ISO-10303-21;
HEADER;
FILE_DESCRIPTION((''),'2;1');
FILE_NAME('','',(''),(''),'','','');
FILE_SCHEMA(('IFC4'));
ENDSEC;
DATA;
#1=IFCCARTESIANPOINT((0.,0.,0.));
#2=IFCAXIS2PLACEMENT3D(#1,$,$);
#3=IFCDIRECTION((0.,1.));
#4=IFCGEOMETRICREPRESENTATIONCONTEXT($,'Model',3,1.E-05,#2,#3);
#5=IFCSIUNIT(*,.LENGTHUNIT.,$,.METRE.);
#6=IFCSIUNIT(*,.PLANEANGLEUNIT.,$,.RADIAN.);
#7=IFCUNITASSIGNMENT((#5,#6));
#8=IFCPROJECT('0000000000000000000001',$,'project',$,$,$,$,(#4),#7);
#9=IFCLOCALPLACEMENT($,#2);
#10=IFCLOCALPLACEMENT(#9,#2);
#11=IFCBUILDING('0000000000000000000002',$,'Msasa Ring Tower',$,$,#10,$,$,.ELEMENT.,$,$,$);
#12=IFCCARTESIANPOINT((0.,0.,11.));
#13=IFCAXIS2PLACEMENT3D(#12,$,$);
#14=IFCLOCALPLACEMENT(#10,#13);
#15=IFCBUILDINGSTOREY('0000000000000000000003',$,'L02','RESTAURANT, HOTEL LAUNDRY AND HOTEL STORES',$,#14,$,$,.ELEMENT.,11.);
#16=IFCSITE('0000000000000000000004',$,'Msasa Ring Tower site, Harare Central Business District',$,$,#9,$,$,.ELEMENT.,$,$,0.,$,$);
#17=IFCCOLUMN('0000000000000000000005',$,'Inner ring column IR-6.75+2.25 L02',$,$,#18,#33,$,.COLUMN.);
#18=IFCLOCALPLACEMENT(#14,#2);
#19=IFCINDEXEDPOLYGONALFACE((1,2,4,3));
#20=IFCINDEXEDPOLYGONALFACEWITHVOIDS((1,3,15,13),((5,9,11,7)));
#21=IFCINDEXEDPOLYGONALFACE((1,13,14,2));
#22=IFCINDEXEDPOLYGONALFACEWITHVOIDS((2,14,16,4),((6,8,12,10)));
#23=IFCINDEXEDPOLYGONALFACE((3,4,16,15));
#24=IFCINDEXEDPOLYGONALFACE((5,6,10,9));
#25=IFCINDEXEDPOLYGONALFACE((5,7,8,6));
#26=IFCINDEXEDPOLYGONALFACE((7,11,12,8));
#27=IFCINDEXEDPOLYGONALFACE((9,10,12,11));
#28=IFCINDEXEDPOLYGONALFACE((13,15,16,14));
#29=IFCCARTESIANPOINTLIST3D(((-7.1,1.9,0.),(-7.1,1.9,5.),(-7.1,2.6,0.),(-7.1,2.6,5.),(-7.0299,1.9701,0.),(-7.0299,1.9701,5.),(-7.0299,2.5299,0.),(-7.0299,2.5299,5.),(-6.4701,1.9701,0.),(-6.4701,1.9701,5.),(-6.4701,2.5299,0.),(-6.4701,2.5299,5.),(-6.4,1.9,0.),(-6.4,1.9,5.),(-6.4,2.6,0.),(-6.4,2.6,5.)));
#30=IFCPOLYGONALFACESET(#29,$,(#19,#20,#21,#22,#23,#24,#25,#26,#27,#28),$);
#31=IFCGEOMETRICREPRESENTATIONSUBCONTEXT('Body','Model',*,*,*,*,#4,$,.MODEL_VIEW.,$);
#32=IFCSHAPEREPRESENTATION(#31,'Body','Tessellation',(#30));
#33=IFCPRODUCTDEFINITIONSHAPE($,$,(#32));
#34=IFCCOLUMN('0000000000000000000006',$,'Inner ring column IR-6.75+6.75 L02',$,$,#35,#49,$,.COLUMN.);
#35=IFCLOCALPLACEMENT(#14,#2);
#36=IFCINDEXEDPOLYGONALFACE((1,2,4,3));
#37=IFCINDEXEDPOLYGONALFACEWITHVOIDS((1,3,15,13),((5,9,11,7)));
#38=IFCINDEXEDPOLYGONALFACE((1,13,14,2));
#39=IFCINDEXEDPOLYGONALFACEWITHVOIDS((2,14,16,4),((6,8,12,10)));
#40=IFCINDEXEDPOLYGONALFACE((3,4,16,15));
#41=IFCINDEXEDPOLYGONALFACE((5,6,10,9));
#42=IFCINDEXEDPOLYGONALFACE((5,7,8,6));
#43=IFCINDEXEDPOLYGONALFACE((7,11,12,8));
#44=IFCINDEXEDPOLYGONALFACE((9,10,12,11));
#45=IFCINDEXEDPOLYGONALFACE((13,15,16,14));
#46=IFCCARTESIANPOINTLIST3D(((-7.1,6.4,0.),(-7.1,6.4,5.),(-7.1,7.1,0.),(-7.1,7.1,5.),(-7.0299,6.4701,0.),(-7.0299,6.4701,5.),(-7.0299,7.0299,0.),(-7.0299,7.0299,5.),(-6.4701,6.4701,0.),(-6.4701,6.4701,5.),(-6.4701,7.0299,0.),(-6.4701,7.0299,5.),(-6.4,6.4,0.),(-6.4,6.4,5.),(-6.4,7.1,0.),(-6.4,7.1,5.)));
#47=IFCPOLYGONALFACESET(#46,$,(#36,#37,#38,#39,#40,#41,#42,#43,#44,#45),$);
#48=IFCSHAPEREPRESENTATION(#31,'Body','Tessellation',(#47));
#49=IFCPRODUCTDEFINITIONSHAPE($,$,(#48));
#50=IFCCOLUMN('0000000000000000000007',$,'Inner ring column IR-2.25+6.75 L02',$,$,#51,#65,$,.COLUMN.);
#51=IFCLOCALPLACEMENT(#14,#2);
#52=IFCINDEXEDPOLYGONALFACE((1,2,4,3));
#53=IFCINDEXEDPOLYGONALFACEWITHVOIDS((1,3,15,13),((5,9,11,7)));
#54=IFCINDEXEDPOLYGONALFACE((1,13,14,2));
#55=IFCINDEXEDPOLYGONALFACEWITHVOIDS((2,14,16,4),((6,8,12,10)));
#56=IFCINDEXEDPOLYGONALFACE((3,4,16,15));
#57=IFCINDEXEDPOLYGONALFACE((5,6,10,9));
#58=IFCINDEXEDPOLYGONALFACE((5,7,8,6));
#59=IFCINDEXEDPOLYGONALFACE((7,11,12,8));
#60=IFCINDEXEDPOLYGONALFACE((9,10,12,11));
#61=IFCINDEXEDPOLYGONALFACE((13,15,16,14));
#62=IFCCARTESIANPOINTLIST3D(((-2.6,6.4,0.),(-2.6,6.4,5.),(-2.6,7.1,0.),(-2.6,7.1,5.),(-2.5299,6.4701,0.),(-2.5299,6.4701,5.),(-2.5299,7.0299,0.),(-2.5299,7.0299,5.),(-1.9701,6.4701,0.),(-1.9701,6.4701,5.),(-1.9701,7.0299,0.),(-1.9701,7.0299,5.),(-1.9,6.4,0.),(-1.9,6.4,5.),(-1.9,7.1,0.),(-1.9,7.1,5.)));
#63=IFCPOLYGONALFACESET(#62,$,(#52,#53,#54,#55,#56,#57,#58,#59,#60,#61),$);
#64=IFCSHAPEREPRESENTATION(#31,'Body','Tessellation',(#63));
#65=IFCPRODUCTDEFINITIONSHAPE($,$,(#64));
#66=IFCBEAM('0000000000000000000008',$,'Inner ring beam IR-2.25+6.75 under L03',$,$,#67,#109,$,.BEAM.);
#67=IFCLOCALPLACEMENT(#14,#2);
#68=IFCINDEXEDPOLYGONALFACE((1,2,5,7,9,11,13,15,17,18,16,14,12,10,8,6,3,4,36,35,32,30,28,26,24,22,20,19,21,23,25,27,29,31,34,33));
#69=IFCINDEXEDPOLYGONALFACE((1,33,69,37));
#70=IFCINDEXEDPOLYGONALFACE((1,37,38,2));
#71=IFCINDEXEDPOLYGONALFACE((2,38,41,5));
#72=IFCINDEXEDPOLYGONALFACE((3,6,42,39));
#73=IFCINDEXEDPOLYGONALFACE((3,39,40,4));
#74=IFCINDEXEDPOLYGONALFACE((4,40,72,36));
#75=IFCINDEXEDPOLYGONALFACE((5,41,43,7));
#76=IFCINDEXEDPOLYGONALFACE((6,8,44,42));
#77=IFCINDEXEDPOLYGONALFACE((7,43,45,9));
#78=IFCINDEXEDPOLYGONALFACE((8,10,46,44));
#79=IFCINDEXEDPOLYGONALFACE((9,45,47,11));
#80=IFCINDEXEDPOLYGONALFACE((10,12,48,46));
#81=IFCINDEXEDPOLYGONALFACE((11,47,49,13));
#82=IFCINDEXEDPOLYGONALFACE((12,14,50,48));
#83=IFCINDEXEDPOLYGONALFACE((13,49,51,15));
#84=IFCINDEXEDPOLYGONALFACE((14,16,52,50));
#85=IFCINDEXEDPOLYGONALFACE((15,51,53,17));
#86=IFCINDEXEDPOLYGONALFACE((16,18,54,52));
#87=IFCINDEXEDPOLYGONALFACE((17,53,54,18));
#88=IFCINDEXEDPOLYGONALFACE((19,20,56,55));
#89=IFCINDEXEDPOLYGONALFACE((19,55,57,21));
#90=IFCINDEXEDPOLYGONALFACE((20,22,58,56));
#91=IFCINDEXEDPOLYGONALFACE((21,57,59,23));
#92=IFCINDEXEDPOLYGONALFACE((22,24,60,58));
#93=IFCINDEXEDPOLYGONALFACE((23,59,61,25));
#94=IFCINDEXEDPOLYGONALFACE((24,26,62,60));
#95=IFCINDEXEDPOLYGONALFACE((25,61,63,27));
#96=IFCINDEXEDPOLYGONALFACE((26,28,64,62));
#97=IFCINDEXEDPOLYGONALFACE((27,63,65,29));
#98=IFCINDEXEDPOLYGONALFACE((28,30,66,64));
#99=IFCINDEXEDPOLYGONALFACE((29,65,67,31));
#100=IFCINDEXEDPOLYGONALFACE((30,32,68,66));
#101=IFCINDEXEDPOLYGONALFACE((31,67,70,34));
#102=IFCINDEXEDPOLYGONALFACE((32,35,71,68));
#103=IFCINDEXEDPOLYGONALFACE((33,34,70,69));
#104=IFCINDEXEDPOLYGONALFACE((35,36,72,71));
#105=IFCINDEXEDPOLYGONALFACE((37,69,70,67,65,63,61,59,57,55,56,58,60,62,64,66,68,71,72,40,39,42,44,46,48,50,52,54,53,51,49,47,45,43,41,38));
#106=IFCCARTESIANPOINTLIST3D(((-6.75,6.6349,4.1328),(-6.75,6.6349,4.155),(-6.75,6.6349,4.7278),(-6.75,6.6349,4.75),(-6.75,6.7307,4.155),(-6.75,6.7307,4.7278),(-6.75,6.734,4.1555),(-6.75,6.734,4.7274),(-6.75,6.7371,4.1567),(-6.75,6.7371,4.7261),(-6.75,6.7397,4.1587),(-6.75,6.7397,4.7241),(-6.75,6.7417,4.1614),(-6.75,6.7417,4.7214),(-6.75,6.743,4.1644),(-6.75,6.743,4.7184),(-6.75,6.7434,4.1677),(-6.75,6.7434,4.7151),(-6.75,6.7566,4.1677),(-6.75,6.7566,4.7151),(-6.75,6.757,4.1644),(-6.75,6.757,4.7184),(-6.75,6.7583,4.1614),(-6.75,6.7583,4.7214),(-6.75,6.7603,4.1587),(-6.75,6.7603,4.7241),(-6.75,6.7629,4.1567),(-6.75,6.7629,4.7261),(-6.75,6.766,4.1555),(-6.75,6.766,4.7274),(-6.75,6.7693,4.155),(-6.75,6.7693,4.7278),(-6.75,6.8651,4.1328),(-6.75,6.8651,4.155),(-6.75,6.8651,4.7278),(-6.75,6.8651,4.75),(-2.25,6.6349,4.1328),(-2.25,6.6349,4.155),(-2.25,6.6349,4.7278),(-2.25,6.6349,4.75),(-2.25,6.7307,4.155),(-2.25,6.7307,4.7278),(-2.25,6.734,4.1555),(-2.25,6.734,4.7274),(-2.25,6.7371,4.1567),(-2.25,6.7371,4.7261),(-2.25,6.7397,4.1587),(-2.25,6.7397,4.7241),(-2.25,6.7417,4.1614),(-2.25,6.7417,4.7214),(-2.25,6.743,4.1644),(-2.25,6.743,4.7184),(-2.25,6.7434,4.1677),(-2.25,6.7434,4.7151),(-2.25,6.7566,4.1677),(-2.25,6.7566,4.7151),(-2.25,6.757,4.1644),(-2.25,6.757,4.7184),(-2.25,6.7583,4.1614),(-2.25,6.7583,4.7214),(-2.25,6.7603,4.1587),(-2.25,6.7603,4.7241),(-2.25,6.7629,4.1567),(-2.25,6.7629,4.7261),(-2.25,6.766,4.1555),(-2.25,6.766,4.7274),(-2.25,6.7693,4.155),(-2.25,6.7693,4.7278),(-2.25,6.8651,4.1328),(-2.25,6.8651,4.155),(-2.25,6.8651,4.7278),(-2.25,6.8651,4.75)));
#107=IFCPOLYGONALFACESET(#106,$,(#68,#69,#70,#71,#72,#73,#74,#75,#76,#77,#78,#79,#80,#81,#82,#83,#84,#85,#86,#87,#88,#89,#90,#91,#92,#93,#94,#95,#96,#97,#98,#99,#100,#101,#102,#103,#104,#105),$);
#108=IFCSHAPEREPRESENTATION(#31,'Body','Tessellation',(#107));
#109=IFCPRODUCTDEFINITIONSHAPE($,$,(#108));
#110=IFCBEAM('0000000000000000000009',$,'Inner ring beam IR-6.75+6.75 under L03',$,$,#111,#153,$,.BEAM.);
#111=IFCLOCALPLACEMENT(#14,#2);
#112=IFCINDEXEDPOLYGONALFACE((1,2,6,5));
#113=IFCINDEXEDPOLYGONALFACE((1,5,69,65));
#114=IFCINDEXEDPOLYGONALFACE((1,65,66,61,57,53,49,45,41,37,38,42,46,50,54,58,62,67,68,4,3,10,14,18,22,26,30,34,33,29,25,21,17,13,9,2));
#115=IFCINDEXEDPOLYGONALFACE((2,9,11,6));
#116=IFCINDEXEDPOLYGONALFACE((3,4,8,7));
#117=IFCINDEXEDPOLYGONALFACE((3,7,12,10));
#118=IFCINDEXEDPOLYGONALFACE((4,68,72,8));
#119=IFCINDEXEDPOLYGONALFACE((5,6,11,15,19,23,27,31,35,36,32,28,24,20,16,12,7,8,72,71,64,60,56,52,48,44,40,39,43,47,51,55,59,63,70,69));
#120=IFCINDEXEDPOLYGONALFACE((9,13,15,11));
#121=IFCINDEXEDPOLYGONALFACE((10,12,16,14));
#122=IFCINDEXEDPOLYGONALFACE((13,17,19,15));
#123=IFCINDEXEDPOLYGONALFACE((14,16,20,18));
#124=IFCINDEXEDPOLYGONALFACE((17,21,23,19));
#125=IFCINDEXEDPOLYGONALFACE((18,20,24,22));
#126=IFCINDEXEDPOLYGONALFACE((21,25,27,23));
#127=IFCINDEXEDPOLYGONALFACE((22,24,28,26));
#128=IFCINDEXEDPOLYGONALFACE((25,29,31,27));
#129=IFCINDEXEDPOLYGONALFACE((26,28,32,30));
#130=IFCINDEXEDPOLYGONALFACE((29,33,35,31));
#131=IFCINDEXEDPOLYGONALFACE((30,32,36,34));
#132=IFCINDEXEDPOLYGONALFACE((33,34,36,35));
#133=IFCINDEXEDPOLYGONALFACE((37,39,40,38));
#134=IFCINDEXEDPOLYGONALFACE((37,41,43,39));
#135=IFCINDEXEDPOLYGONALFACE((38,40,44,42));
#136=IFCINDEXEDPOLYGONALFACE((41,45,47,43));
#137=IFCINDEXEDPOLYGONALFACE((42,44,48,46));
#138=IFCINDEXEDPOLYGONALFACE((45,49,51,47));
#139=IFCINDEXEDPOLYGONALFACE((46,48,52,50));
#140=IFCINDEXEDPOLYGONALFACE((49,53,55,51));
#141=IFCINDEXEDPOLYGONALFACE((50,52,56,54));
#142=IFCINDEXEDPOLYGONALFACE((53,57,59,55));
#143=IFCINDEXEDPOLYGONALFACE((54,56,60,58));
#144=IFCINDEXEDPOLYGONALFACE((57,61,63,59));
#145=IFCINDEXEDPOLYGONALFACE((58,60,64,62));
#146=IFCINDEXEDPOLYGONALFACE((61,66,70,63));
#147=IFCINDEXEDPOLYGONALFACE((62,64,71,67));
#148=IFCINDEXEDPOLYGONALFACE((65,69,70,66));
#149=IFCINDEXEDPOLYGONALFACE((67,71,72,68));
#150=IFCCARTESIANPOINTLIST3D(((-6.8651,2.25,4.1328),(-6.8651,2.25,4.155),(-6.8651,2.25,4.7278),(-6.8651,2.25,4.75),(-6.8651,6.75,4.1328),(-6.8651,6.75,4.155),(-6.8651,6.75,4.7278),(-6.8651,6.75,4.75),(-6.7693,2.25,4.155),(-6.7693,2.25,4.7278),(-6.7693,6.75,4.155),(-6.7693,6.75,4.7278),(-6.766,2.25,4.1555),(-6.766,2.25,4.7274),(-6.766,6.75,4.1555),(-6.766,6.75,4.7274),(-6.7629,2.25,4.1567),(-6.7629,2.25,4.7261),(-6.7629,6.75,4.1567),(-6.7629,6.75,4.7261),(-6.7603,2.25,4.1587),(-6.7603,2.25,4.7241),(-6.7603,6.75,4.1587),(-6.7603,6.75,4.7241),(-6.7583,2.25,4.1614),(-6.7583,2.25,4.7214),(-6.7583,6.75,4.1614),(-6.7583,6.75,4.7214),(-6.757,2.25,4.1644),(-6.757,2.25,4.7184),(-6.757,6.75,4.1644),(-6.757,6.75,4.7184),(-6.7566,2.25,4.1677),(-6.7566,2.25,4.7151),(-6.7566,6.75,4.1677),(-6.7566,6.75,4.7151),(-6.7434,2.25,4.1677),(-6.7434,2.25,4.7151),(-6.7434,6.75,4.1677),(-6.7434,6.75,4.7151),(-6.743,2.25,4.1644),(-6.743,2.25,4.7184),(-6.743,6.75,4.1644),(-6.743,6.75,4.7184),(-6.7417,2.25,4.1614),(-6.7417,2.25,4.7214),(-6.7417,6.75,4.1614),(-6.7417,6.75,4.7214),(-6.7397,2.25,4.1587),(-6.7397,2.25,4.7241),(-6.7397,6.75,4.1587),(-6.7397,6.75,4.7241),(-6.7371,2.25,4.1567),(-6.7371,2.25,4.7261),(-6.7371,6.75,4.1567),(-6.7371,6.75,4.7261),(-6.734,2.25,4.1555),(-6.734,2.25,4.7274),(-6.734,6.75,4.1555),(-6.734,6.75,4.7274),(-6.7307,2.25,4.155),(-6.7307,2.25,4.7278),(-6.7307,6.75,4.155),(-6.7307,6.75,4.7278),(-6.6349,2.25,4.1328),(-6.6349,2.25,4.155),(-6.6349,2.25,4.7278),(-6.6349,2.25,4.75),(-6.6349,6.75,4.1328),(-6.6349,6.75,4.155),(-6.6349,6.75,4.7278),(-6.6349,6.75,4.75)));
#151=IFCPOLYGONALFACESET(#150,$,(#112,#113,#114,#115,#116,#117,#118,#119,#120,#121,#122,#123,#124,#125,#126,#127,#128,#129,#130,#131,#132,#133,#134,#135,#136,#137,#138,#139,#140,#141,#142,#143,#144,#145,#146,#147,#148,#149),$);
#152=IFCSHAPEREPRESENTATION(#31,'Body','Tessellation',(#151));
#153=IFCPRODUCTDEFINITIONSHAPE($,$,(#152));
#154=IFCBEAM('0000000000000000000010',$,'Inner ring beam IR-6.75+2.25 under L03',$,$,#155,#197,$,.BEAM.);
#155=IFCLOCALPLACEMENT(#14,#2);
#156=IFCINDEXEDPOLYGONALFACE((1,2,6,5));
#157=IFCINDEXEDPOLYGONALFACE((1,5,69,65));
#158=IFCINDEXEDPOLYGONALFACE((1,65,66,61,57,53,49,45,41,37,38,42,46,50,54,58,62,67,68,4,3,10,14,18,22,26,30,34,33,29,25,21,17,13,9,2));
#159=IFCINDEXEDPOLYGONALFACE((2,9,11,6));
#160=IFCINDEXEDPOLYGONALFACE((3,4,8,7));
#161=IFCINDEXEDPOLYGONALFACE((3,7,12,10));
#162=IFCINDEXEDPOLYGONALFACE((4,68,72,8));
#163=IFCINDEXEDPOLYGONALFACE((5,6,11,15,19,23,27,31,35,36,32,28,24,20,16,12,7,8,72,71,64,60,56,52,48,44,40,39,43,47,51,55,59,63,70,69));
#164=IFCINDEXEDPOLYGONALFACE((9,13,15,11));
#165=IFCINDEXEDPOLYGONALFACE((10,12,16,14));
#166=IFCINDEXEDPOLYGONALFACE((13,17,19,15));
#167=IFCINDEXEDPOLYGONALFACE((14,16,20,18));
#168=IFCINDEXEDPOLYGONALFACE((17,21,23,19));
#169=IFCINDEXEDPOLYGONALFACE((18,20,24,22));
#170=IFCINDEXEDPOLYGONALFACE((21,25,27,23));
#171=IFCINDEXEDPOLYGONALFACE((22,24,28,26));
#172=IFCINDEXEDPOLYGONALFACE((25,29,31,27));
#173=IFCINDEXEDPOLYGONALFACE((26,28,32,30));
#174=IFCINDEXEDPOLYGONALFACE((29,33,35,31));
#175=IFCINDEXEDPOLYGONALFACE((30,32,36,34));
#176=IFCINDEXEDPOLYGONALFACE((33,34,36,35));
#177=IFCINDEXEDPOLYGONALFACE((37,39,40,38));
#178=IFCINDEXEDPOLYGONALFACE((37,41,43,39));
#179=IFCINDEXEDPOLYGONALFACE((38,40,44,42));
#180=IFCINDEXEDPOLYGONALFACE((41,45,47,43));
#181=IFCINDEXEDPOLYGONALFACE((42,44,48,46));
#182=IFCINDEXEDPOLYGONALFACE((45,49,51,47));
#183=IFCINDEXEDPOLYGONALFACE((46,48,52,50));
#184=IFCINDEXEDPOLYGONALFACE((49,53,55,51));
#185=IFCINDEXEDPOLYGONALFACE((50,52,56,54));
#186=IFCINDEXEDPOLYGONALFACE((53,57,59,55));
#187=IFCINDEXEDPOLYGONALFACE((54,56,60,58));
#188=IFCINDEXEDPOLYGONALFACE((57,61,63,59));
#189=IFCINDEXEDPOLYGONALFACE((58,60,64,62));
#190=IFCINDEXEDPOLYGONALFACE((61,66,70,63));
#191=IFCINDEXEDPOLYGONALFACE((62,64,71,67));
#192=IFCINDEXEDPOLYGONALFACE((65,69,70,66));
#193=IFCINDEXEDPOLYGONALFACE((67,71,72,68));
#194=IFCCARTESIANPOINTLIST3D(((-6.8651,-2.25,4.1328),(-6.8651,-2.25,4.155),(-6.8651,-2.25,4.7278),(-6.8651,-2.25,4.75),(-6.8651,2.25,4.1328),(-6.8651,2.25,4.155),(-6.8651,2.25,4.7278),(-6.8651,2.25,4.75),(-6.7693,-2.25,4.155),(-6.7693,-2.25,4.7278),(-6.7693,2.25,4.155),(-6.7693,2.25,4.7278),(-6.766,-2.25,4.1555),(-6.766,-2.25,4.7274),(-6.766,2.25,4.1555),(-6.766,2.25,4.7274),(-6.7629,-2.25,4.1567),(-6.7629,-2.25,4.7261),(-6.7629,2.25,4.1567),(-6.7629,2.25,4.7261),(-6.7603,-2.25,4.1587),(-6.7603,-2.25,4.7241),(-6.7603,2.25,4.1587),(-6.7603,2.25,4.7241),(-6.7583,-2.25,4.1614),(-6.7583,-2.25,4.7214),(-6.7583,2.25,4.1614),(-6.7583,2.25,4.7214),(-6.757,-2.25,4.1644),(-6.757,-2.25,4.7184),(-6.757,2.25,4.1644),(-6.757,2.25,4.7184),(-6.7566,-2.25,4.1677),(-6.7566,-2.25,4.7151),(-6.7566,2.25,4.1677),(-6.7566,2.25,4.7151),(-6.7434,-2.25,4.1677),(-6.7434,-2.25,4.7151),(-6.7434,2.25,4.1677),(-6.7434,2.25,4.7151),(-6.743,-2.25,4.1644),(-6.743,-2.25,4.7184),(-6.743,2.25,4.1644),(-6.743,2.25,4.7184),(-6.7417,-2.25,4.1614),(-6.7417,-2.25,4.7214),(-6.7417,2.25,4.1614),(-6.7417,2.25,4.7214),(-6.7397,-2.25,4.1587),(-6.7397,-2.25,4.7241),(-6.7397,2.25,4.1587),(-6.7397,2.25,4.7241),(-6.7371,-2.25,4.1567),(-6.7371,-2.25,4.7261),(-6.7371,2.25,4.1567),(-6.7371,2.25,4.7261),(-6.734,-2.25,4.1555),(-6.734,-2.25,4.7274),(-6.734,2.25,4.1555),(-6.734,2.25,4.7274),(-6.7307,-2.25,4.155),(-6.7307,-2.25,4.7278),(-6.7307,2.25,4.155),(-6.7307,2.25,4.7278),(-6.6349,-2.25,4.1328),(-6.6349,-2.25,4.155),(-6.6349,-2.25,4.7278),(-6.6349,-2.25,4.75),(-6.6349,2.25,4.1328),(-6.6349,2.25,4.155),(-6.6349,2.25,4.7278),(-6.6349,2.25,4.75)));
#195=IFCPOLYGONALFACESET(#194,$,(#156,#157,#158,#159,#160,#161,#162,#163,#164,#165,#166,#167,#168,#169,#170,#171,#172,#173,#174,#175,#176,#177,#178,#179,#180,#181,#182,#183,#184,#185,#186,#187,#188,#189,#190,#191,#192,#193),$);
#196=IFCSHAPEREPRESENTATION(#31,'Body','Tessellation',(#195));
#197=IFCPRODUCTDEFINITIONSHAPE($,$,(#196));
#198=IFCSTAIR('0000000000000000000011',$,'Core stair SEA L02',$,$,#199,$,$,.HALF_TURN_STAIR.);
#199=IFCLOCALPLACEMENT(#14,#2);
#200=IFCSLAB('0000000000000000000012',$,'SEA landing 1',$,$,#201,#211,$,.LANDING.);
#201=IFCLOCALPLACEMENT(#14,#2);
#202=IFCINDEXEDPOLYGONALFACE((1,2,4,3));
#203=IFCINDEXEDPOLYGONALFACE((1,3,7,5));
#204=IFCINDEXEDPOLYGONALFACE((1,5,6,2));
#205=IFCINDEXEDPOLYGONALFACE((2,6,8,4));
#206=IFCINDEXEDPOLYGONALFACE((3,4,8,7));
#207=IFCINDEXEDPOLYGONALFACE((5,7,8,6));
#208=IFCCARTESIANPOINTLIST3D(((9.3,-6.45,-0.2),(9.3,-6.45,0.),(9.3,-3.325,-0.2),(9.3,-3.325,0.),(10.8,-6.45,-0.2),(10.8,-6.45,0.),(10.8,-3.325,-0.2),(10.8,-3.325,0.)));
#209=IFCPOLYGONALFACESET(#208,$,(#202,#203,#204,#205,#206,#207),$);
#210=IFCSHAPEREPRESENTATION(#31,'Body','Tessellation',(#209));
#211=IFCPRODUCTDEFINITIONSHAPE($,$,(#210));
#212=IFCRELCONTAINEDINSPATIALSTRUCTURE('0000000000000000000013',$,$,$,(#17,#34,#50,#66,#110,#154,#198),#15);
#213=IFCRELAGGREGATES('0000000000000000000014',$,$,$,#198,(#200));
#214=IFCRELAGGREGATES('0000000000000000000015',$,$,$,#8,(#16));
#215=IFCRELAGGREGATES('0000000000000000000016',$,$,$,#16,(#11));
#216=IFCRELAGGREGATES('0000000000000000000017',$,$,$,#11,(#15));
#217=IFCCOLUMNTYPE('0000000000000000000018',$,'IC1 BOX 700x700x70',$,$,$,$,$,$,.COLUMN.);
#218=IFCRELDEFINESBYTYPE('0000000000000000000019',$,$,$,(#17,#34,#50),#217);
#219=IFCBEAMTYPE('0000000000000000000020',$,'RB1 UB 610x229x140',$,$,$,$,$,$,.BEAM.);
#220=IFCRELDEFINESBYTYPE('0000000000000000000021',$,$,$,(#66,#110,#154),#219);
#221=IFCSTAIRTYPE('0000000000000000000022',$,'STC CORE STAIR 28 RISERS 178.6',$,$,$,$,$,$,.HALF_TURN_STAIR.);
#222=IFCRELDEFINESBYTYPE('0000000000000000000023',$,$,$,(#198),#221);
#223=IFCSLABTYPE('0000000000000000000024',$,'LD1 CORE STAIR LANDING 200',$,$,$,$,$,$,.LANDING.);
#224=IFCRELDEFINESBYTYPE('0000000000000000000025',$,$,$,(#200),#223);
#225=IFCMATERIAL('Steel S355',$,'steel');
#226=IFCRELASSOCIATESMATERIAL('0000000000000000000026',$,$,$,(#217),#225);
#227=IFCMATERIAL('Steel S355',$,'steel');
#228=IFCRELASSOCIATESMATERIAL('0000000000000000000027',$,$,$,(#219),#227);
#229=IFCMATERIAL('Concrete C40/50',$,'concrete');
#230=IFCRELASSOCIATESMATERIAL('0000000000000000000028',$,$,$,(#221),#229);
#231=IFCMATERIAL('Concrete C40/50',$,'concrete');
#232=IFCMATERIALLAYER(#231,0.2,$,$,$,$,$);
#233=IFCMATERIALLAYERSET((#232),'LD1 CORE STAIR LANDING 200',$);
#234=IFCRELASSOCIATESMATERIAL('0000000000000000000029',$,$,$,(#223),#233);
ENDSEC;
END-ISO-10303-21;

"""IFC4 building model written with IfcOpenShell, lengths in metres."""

from ifc_helpers import new_model, si_unit, direction, frame, origin, origin_2d, place, context, subcontext, project, spatial, polyline, hollow_rectangle, i_section, outline, extrude, material, layer, layer_set, material_profile, profile_set, type_object, element, aggregate, save


model = new_model("IFC4")

# Units and contexts
model_context = context("Model", 3, precision=1e-05, world=origin(), true_north=direction((0.0, 1.0)))
body_context = subcontext(model_context, "Body", "Model", "MODEL_VIEW")
ifc_project = project(units=[si_unit("LENGTHUNIT", "METRE"), si_unit("PLANEANGLEUNIT", "RADIAN")], contexts=[model_context])

# Site, building, storey
site_placement = place(None, origin())
site = spatial("IfcSite", under=ifc_project, at=site_placement, Name="Msasa Ring Tower site, Harare Central Business District", CompositionType="ELEMENT", RefElevation=0.0)
building_placement = place(site_placement, origin())
building = spatial("IfcBuilding", under=site, at=building_placement, Name="Msasa Ring Tower", CompositionType="ELEMENT")
storey_placement = place(building_placement, frame((0.0, 0.0, 11.0)))
storey = spatial("IfcBuildingStorey", under=building, at=storey_placement, Name="L02", Description="RESTAURANT, HOTEL LAUNDRY AND HOTEL STORES", CompositionType="ELEMENT", Elevation=11.0)

# Columns
ifc_material_1 = material(Name="Steel S355", Category="steel")
ifc_material_profile_1 = material_profile(ifc_material_1, hollow_rectangle(XDim=0.7, YDim=0.7, WallThickness=0.0701, at=origin_2d()), Name="BOX 700x700x70")
ifc_profile_set_1 = profile_set([ifc_material_profile_1], Name="Steel S355")
column_type = type_object("IfcColumnType", Name="IC1 BOX 700x700x70", PredefinedType="COLUMN", material=ifc_profile_set_1)
for number, where, z_axis, x_axis, name in (
    (1, (-6.75, 2.25, 0.0), (0.0, 0.0, 1.0), (1.0, 0.0, 0.0), "Inner ring column IR-6.75+2.25 L02"),
    (2, (-6.75, 6.75, 0.0), (0.0, 0.0, 1.0), (1.0, 0.0, 0.0), "Inner ring column IR-6.75+6.75 L02"),
    (3, (-2.25, 6.75, 0.0), (0.0, 0.0, 1.0), (1.0, 0.0, 0.0), "Inner ring column IR-2.25+6.75 L02"),
):
    element("IfcColumn", number, at=place(storey_placement, frame(where, z_axis=z_axis, x_axis=x_axis)), inside=storey, type_object=column_type, Name=name, PredefinedType="COLUMN", context=body_context, shape_type="SweptSolid", body=[
        extrude(hollow_rectangle(XDim=0.7, YDim=0.7, WallThickness=0.0701, at=origin_2d()), origin(), (0.0, 0.0, 1.0), 5.0),
    ])

# Beams
ifc_material_2 = material(Name="Steel S355", Category="steel")
ifc_material_profile_2 = material_profile(ifc_material_2, i_section(OverallWidth=0.2302, OverallDepth=0.6172, WebThickness=0.0132, FlangeThickness=0.0222, FilletRadius=0.0127, at=origin_2d()), Name="UB 610x229x140")
ifc_profile_set_2 = profile_set([ifc_material_profile_2], Name="Steel S355")
beam_type = type_object("IfcBeamType", Name="RB1 UB 610x229x140", PredefinedType="BEAM", material=ifc_profile_set_2)
for number, where, z_axis, x_axis, name in (
    (4, (-2.25, 6.75, 4.4414), (-1.0, 0.0, 0.0), (0.0, -1.0, 0.0), "Inner ring beam IR-2.25+6.75 under L03"),
    (5, (-6.75, 6.75, 4.4414), (0.0, -1.0, 0.0), (1.0, 0.0, 0.0), "Inner ring beam IR-6.75+6.75 under L03"),
    (6, (-6.75, 2.25, 4.4414), (0.0, -1.0, 0.0), (1.0, 0.0, 0.0), "Inner ring beam IR-6.75+2.25 under L03"),
):
    element("IfcBeam", number, at=place(storey_placement, frame(where, z_axis=z_axis, x_axis=x_axis)), inside=storey, type_object=beam_type, Name=name, PredefinedType="BEAM", context=body_context, shape_type="SweptSolid", body=[
        extrude(i_section(OverallWidth=0.2302, OverallDepth=0.6172, WebThickness=0.0132, FlangeThickness=0.0222, FilletRadius=0.0127, at=origin_2d()), origin(), (0.0, 0.0, 1.0), 4.5),
    ])

# Stair, slab
ifc_material_3 = material(Name="Concrete C40/50", Category="concrete")
stair_type = type_object("IfcStairType", Name="STC CORE STAIR 28 RISERS 178.6", PredefinedType="HALF_TURN_STAIR", material=ifc_material_3)
stair_1_placement = place(storey_placement, origin())
stair_1 = element("IfcStair", 7, at=stair_1_placement, inside=storey, type_object=stair_type, Name="Core stair SEA L02", PredefinedType="HALF_TURN_STAIR")
ifc_material_4 = material(Name="Concrete C40/50", Category="concrete")
ifc_layer_1 = layer(ifc_material_4, 0.2)
ifc_layer_set_1 = layer_set([ifc_layer_1], Name="LD1 CORE STAIR LANDING 200")
slab_type_1 = type_object("IfcSlabType", Name="LD1 CORE STAIR LANDING 200", PredefinedType="LANDING", material=ifc_layer_set_1)
slab_1_placement = place(storey_placement, frame((0.0, 0.0, -0.2)))
slab_1 = element("IfcSlab", 8, at=slab_1_placement, type_object=slab_type_1, Name="SEA landing 1", PredefinedType="LANDING", context=body_context, shape_type="SweptSolid", body=[
    extrude(outline(polyline([(9.3, -6.45), (10.8, -6.45), (10.8, -3.325), (9.3, -3.325), (9.3, -6.45)])), origin(), (0.0, 0.0, 1.0), 0.2),
])
aggregate(stair_1, [slab_1])

save(model, "model.ifc")
